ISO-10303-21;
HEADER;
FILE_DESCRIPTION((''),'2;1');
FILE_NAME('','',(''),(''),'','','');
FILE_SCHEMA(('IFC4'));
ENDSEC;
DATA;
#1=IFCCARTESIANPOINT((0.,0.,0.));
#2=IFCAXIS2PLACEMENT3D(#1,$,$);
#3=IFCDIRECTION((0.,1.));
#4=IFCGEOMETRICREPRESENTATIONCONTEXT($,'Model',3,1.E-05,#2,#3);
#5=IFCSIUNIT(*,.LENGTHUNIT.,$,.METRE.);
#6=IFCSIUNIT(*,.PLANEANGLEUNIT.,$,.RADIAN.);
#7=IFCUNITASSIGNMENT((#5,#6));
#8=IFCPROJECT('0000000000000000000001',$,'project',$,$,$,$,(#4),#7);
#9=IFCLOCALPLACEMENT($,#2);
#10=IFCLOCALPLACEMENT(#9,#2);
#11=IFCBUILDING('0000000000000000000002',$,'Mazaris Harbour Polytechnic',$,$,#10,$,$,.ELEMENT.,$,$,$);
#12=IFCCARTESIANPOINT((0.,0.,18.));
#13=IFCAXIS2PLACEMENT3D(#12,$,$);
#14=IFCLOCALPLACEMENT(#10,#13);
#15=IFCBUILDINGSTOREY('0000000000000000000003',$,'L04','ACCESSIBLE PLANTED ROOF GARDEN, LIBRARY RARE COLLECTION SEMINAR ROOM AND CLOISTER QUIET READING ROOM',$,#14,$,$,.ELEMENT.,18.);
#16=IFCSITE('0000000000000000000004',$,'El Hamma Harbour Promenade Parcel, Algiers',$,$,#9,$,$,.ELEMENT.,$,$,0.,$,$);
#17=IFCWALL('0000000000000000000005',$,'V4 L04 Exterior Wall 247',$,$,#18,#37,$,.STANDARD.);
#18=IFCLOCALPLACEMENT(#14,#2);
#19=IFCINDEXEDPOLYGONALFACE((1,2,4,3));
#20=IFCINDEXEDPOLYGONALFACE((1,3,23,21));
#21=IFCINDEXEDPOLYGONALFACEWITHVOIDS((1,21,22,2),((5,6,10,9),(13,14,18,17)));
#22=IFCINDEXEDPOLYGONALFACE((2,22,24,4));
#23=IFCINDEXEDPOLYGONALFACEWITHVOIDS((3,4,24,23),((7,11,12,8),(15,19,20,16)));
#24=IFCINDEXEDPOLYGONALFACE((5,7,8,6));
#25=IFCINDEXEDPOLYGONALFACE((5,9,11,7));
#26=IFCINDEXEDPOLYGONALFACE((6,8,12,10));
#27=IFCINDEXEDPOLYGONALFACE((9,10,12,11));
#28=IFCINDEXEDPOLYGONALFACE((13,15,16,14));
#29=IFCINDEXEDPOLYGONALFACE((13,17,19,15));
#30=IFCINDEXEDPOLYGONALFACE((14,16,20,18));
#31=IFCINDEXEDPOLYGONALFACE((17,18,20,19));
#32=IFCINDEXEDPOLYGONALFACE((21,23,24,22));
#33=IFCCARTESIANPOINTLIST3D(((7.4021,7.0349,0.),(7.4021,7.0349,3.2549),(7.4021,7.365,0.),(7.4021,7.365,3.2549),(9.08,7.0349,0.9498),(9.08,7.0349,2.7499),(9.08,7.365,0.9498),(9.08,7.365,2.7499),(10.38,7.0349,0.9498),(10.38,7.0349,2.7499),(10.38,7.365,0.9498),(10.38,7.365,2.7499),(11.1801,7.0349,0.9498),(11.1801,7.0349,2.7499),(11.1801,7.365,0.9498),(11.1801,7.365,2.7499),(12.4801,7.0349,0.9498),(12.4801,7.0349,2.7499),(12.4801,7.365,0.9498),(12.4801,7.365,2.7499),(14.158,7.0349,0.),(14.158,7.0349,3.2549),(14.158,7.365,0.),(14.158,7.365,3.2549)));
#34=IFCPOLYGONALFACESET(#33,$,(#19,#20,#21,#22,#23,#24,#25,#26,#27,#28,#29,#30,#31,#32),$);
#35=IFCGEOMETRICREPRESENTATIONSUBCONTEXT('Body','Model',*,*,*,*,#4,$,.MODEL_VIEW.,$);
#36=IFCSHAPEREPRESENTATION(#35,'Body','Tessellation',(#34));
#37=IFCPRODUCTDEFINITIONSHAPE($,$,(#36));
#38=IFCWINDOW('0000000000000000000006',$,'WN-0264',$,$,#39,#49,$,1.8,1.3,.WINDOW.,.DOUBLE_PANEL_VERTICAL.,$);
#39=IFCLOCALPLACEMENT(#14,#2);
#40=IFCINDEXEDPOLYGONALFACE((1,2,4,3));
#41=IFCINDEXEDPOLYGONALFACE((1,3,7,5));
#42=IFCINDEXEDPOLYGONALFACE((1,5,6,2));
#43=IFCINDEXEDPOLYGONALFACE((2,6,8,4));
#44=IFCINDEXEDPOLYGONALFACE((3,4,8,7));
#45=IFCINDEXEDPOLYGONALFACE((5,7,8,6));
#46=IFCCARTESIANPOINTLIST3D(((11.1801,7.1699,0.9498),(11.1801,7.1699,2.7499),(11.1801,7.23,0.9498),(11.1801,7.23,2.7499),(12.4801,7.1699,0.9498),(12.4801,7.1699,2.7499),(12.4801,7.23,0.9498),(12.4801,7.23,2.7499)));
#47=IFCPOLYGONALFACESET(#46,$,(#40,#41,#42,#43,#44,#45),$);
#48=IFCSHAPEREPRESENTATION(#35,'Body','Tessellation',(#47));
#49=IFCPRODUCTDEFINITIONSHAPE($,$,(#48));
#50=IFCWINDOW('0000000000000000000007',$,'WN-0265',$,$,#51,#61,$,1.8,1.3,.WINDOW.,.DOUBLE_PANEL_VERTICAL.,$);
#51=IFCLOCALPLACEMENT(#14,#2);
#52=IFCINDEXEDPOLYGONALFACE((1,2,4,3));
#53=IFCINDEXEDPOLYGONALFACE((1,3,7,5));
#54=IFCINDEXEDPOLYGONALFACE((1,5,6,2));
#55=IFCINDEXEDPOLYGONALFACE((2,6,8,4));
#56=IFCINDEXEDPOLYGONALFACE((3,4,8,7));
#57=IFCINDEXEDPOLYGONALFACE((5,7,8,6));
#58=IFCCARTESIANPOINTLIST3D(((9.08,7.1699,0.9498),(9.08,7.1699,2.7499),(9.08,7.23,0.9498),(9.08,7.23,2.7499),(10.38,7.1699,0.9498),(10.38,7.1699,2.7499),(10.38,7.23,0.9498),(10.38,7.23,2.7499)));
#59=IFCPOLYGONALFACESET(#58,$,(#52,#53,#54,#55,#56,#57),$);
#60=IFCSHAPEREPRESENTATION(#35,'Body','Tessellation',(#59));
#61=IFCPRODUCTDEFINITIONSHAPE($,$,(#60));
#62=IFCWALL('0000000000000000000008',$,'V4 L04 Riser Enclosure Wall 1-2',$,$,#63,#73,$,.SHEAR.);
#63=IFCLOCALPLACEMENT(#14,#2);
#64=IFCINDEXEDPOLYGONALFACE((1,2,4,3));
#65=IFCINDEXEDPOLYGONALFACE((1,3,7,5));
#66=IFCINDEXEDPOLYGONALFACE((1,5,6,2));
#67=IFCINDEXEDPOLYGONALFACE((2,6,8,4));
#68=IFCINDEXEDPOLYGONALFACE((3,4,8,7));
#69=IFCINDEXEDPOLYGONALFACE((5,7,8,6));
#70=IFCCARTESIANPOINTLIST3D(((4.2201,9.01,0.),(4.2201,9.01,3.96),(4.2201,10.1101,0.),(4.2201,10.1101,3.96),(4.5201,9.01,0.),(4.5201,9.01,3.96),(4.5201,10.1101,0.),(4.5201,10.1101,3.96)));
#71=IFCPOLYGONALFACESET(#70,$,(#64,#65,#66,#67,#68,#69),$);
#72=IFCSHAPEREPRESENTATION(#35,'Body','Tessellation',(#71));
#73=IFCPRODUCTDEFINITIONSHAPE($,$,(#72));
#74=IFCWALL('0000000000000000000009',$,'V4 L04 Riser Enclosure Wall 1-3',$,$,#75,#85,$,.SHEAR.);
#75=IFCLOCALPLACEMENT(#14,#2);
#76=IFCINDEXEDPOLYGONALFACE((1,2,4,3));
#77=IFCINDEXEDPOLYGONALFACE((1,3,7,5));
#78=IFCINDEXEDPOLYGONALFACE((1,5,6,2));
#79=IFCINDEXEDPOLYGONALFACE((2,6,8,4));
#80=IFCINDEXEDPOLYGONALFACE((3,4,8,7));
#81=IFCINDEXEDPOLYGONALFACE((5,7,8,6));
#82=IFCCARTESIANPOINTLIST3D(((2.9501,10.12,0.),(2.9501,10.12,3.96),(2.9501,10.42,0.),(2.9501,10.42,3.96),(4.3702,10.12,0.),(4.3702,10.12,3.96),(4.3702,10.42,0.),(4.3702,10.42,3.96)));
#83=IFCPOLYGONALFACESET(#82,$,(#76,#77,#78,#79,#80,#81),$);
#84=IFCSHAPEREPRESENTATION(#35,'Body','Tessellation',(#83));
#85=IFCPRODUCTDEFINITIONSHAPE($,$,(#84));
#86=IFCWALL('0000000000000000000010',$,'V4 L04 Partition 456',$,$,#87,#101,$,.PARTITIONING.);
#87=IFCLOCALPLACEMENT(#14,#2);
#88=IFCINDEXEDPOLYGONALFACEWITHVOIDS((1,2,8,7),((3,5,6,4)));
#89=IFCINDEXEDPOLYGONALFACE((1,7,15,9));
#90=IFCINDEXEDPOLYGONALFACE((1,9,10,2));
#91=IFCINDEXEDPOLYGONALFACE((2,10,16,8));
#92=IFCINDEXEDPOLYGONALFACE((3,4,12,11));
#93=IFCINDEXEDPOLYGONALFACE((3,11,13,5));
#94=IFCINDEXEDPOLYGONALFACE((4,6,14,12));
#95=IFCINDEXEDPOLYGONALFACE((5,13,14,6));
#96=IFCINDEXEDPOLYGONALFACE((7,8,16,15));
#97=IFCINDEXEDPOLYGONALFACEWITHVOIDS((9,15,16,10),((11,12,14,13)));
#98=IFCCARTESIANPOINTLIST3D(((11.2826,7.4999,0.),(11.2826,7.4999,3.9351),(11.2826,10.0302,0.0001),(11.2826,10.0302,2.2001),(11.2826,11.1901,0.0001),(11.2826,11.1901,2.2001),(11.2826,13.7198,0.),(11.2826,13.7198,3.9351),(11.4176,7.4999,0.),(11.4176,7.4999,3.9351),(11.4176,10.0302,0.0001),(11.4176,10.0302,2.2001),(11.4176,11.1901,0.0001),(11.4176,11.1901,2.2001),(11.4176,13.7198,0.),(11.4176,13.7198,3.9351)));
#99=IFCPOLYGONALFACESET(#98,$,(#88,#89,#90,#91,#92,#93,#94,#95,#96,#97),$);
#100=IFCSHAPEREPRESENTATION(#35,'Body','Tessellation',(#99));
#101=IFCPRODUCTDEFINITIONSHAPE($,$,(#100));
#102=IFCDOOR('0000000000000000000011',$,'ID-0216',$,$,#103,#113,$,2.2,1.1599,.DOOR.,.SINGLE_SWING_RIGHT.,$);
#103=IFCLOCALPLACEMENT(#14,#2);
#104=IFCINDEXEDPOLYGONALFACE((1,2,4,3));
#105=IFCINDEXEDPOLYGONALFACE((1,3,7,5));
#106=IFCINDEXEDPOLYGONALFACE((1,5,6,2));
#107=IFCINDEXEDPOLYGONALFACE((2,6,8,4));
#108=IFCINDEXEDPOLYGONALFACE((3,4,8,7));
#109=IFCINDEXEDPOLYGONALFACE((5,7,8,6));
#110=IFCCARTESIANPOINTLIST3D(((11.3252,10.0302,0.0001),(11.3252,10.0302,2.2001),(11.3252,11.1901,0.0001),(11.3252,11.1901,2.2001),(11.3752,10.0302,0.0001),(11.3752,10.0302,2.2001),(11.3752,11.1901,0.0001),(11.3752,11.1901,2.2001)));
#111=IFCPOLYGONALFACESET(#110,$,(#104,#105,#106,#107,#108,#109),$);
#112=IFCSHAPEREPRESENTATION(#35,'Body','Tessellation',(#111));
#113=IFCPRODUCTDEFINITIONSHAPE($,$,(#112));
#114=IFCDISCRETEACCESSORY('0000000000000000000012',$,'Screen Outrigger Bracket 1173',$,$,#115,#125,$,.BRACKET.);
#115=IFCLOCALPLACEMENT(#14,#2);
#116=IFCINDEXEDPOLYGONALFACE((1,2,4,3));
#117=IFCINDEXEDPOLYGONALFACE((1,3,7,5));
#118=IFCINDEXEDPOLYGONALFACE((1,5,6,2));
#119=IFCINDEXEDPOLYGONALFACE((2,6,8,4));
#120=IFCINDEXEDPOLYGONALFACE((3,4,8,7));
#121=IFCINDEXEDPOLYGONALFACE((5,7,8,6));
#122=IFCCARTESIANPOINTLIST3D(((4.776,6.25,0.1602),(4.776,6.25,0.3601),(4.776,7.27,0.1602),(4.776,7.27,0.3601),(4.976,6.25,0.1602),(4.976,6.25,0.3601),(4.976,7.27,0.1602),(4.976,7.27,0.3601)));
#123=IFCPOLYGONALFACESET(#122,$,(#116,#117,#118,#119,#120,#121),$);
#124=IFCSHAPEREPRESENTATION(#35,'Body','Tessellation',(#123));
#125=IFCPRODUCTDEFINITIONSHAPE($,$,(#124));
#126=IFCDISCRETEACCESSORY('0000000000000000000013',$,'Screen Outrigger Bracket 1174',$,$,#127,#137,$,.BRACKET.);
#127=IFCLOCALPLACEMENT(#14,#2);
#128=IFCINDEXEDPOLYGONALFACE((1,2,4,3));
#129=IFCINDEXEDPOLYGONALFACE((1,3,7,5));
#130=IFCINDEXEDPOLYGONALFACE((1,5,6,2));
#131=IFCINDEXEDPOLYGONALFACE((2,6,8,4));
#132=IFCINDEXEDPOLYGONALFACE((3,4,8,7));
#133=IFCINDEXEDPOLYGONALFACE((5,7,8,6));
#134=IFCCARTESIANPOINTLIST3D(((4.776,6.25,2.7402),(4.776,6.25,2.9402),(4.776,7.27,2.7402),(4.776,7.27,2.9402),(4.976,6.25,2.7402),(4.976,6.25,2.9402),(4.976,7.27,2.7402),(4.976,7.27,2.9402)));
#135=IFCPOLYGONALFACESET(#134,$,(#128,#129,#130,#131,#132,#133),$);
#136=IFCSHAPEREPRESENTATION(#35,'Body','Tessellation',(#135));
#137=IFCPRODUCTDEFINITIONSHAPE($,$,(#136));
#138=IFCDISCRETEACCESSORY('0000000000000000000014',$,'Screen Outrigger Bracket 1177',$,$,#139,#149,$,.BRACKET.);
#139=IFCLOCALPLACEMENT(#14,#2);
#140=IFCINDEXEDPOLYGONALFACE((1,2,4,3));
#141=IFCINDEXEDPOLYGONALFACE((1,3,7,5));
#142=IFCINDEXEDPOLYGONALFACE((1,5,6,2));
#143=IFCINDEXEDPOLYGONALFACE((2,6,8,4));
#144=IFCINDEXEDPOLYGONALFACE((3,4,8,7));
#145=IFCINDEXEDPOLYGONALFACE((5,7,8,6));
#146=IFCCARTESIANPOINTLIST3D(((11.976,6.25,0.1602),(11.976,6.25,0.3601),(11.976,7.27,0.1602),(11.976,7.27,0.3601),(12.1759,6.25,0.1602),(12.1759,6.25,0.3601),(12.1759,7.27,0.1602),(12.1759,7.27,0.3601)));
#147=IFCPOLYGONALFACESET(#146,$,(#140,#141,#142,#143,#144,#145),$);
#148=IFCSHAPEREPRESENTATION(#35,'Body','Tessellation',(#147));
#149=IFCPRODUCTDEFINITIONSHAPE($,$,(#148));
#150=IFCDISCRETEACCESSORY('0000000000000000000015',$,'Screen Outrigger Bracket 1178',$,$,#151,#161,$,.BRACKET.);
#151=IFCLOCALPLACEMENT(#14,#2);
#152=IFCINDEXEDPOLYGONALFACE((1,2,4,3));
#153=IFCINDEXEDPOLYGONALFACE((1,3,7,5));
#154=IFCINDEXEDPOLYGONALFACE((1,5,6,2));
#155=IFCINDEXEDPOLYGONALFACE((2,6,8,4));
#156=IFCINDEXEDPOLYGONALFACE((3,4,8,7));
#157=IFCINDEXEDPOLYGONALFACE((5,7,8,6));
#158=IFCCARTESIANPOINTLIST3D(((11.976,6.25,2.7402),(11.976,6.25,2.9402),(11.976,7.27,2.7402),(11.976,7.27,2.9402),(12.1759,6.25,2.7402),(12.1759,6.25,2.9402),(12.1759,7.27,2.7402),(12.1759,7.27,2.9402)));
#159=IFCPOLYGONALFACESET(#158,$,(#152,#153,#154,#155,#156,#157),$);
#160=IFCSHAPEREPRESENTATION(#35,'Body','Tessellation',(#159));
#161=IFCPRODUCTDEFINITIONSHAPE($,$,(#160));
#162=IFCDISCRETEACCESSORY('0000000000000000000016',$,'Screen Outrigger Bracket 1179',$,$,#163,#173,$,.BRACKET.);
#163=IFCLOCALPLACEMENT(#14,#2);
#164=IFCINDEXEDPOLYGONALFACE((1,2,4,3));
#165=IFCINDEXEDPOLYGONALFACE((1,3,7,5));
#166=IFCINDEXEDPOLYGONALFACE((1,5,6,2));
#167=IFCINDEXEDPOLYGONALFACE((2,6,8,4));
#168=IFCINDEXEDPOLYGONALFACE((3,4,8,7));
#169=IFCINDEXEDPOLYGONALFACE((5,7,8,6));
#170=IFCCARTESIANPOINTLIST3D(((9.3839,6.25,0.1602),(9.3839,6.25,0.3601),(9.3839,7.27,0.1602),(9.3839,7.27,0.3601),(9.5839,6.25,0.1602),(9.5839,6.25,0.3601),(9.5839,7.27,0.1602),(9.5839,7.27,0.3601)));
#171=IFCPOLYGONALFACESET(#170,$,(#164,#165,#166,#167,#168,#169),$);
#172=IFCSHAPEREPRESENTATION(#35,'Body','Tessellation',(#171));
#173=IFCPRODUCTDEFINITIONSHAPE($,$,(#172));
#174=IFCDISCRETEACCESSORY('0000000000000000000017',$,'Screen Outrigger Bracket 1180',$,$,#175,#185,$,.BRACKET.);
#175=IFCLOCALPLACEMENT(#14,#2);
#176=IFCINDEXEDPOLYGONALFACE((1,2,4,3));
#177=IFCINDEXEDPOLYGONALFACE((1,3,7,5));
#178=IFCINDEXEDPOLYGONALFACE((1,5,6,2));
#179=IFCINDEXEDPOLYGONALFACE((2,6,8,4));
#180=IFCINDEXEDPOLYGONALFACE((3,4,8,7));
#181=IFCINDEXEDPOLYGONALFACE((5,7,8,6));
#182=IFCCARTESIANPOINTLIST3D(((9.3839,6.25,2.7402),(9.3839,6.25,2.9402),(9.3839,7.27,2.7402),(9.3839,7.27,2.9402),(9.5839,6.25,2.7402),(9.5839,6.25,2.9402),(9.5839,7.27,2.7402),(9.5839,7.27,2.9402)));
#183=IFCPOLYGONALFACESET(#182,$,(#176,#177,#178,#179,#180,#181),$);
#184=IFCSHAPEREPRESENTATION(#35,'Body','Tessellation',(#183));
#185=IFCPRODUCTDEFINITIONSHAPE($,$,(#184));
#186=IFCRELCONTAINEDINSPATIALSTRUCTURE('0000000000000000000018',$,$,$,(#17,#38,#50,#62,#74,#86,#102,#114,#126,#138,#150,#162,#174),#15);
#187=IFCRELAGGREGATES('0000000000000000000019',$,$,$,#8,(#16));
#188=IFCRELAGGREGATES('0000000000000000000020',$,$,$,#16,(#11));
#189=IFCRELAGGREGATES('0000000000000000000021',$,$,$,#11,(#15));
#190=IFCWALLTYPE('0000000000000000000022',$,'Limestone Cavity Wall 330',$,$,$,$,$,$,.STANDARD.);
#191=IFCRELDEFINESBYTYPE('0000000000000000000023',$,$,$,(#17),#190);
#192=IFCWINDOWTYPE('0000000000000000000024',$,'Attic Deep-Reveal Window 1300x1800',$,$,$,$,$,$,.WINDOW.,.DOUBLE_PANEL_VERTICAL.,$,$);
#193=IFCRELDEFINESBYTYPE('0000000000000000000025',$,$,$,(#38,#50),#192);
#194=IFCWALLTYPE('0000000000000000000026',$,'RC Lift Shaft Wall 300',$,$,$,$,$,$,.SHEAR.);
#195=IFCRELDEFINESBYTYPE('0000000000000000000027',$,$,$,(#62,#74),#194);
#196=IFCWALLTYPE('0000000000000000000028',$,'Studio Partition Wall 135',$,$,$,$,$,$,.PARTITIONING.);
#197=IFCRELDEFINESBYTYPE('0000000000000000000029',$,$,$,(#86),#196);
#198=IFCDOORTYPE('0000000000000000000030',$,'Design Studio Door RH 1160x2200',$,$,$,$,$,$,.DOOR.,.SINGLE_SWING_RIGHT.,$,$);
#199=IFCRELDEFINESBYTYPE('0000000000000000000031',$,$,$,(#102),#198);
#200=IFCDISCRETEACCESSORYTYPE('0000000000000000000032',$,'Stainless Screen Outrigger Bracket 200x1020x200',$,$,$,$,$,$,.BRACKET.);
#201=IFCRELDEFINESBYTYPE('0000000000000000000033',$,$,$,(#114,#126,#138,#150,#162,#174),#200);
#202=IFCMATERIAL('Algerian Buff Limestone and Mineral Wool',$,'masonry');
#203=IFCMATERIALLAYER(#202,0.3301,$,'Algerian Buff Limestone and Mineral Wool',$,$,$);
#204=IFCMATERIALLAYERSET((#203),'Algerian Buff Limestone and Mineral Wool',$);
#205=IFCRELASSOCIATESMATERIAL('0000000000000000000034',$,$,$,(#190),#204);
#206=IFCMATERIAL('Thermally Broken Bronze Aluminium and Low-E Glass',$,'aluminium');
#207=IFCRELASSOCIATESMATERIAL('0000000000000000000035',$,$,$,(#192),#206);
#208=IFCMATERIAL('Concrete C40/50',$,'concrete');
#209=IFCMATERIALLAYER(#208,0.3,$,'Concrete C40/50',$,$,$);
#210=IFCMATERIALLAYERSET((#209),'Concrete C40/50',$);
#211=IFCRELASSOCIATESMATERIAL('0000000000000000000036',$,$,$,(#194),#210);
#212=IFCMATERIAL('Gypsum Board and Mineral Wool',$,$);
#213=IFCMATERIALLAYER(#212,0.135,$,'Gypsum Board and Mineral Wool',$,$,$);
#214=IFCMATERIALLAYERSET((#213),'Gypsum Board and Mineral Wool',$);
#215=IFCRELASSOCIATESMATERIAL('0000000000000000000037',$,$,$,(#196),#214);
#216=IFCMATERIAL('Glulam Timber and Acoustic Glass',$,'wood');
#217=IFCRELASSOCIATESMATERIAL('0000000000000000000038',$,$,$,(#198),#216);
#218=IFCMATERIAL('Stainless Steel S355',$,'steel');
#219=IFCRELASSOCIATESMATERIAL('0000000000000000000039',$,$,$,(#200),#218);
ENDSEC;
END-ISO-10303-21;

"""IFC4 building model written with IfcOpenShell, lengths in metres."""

from ifc_helpers import new_model, si_unit, direction, frame, frame_2d, origin, origin_2d, place, context, subcontext, project, spatial, rectangle, extrude, material, layer, layer_set, type_object, element, fill, save


model = new_model("IFC4")

# Units and contexts
model_context = context("Model", 3, precision=1e-05, world=origin(), true_north=direction((0.0, 1.0)))
body_context = subcontext(model_context, "Body", "Model", "MODEL_VIEW")
ifc_project = project(units=[si_unit("LENGTHUNIT", "METRE"), si_unit("PLANEANGLEUNIT", "RADIAN")], contexts=[model_context])

# Site, building, storey
site_placement = place(None, origin())
site = spatial("IfcSite", under=ifc_project, at=site_placement, Name="El Hamma Harbour Promenade Parcel, Algiers", CompositionType="ELEMENT", RefElevation=0.0)
building_placement = place(site_placement, origin())
building = spatial("IfcBuilding", under=site, at=building_placement, Name="Mazaris Harbour Polytechnic", CompositionType="ELEMENT")
storey_placement = place(building_placement, frame((0.0, 0.0, 18.0)))
storey = spatial("IfcBuildingStorey", under=building, at=storey_placement, Name="L04", Description="ACCESSIBLE PLANTED ROOF GARDEN, LIBRARY RARE COLLECTION SEMINAR ROOM AND CLOISTER QUIET READING ROOM", CompositionType="ELEMENT", Elevation=18.0)

# Wall, openings, windows
ifc_material_1 = material(Name="Algerian Buff Limestone and Mineral Wool", Category="masonry")
ifc_layer_1 = layer(ifc_material_1, 0.3301, Name="Algerian Buff Limestone and Mineral Wool")
ifc_layer_set_1 = layer_set([ifc_layer_1], Name="Algerian Buff Limestone and Mineral Wool")
wall_type_1 = type_object("IfcWallType", Name="Limestone Cavity Wall 330", PredefinedType="STANDARD", material=ifc_layer_set_1)
wall_1_placement = place(storey_placement, frame((14.158, 7.2, 0.0), z_axis=(0.0, 0.0, 1.0), x_axis=(-1.0, 0.0, 0.0)))
wall_1 = element("IfcWall", 1, at=wall_1_placement, inside=storey, type_object=wall_type_1, Name="V4 L04 Exterior Wall 247", PredefinedType="STANDARD", context=body_context, shape_type="SweptSolid", body=[
    extrude(rectangle(XDim=6.7559, YDim=0.3301, at=frame_2d((3.3779, 0.0))), origin(), (0.0, 0.0, 1.0), 3.2549),
])
opening_1_placement = place(wall_1_placement, frame((1.678, 0.0, 0.95)))
opening_1 = element("IfcOpeningElement", 2, at=opening_1_placement, cuts=wall_1, PredefinedType="OPENING", context=body_context, shape_type="SweptSolid", body=[
    extrude(rectangle(XDim=1.3, YDim=1.8, at=frame_2d((0.6499, 0.8999))), frame((0.0, 0.175, 0.0), z_axis=(0.0, -1.0, 0.0), x_axis=(1.0, 0.0, 0.0)), (0.0, 0.0, 1.0), 0.3501),
])
opening_2_placement = place(wall_1_placement, frame((3.7781, 0.0, 0.95)))
opening_2 = element("IfcOpeningElement", 3, at=opening_2_placement, cuts=wall_1, PredefinedType="OPENING", context=body_context, shape_type="SweptSolid", body=[
    extrude(rectangle(XDim=1.3, YDim=1.8, at=frame_2d((0.6499, 0.8999))), frame((0.0, 0.175, 0.0), z_axis=(0.0, -1.0, 0.0), x_axis=(1.0, 0.0, 0.0)), (0.0, 0.0, 1.0), 0.3501),
])
ifc_material_2 = material(Name="Thermally Broken Bronze Aluminium and Low-E Glass", Category="aluminium")
window_type_1 = type_object("IfcWindowType", Name="Attic Deep-Reveal Window 1300x1800", PartitioningType="DOUBLE_PANEL_VERTICAL", PredefinedType="WINDOW", material=ifc_material_2)
window_1_placement = place(opening_1_placement, origin())
window_1 = element("IfcWindow", 4, at=window_1_placement, inside=storey, type_object=window_type_1, Name="WN-0264", OverallHeight=1.8, OverallWidth=1.3, PartitioningType="DOUBLE_PANEL_VERTICAL", PredefinedType="WINDOW", context=body_context, shape_type="SweptSolid", body=[
    extrude(rectangle(XDim=1.3, YDim=1.8, at=frame_2d((0.6499, 0.8999))), frame((0.0, 0.03, 0.0), z_axis=(0.0, -1.0, 0.0), x_axis=(1.0, 0.0, 0.0)), (0.0, 0.0, 1.0), 0.0601),
])
fill(opening_1, window_1)
window_2_placement = place(opening_2_placement, origin())
window_2 = element("IfcWindow", 5, at=window_2_placement, inside=storey, type_object=window_type_1, Name="WN-0265", OverallHeight=1.8, OverallWidth=1.3, PartitioningType="DOUBLE_PANEL_VERTICAL", PredefinedType="WINDOW", context=body_context, shape_type="SweptSolid", body=[
    extrude(rectangle(XDim=1.3, YDim=1.8, at=frame_2d((0.6499, 0.8999))), frame((0.0, 0.03, 0.0), z_axis=(0.0, -1.0, 0.0), x_axis=(1.0, 0.0, 0.0)), (0.0, 0.0, 1.0), 0.0601),
])
fill(opening_2, window_2)

# Walls
ifc_material_3 = material(Name="Concrete C40/50", Category="concrete")
ifc_layer_2 = layer(ifc_material_3, 0.3, Name="Concrete C40/50")
ifc_layer_set_2 = layer_set([ifc_layer_2], Name="Concrete C40/50")
wall_type_2 = type_object("IfcWallType", Name="RC Lift Shaft Wall 300", PredefinedType="SHEAR", material=ifc_layer_set_2)
wall_2_placement = place(storey_placement, frame((4.3701, 9.01, 0.0), z_axis=(0.0, 0.0, 1.0), x_axis=(0.0, 1.0, 0.0)))
element("IfcWall", 6, at=wall_2_placement, inside=storey, type_object=wall_type_2, Name="V4 L04 Riser Enclosure Wall 1-2", PredefinedType="SHEAR", context=body_context, shape_type="SweptSolid", body=[
    extrude(rectangle(XDim=1.1001, YDim=0.3, at=frame_2d((0.55, 0.0))), origin(), (0.0, 0.0, 1.0), 3.96),
])
wall_3_placement = place(storey_placement, frame((4.3701, 10.27, 0.0), z_axis=(0.0, 0.0, 1.0), x_axis=(-1.0, 0.0, 0.0)))
element("IfcWall", 7, at=wall_3_placement, inside=storey, type_object=wall_type_2, Name="V4 L04 Riser Enclosure Wall 1-3", PredefinedType="SHEAR", context=body_context, shape_type="SweptSolid", body=[
    extrude(rectangle(XDim=1.4202, YDim=0.3, at=frame_2d((0.71, 0.0))), origin(), (0.0, 0.0, 1.0), 3.96),
])

# Wall, opening, door
ifc_material_4 = material(Name="Gypsum Board and Mineral Wool")
ifc_layer_3 = layer(ifc_material_4, 0.135, Name="Gypsum Board and Mineral Wool")
ifc_layer_set_3 = layer_set([ifc_layer_3], Name="Gypsum Board and Mineral Wool")
wall_type_3 = type_object("IfcWallType", Name="Studio Partition Wall 135", PredefinedType="PARTITIONING", material=ifc_layer_set_3)
wall_4_placement = place(storey_placement, frame((11.3501, 7.5, 0.0), z_axis=(0.0, 0.0, 1.0), x_axis=(0.0, 1.0, 0.0)))
wall_4 = element("IfcWall", 8, at=wall_4_placement, inside=storey, type_object=wall_type_3, Name="V4 L04 Partition 456", PredefinedType="PARTITIONING", context=body_context, shape_type="SweptSolid", body=[
    extrude(rectangle(XDim=6.22, YDim=0.135, at=frame_2d((3.1099, 0.0))), origin(), (0.0, 0.0, 1.0), 3.9351),
])
opening_3_placement = place(wall_4_placement, frame((2.53, 0.0, 0.0)))
opening_3 = element("IfcOpeningElement", 9, at=opening_3_placement, cuts=wall_4, PredefinedType="OPENING", context=body_context, shape_type="SweptSolid", body=[
    extrude(rectangle(XDim=1.1599, YDim=2.2, at=frame_2d((0.5801, 1.1001))), frame((0.0, 0.0774, 0.0), z_axis=(0.0, -1.0, 0.0), x_axis=(1.0, 0.0, 0.0)), (0.0, 0.0, 1.0), 0.155),
])
ifc_material_5 = material(Name="Glulam Timber and Acoustic Glass", Category="wood")
door_type_1 = type_object("IfcDoorType", Name="Design Studio Door RH 1160x2200", OperationType="SINGLE_SWING_RIGHT", PredefinedType="DOOR", material=ifc_material_5)
door_1_placement = place(opening_3_placement, origin())
door_1 = element("IfcDoor", 10, at=door_1_placement, inside=storey, type_object=door_type_1, Name="ID-0216", OperationType="SINGLE_SWING_RIGHT", OverallHeight=2.2, OverallWidth=1.1599, PredefinedType="DOOR", context=body_context, shape_type="SweptSolid", body=[
    extrude(rectangle(XDim=1.1599, YDim=2.2, at=frame_2d((0.5801, 1.1001))), frame((0.0, 0.0249, 0.0), z_axis=(0.0, -1.0, 0.0), x_axis=(1.0, 0.0, 0.0)), (0.0, 0.0, 1.0), 0.05),
])
fill(opening_3, door_1)

# Discrete accessories
ifc_material_6 = material(Name="Stainless Steel S355", Category="steel")
discrete_accessory_type = type_object("IfcDiscreteAccessoryType", Name="Stainless Screen Outrigger Bracket 200x1020x200", PredefinedType="BRACKET", material=ifc_material_6)
for number, where, z_axis, x_axis, name in (
    (11, (4.876, 6.76, 0.1602), (0.0, 0.0, 1.0), (-1.0, 0.0, 0.0), "Screen Outrigger Bracket 1173"),
    (12, (4.876, 6.76, 2.7402), (0.0, 0.0, 1.0), (-1.0, 0.0, 0.0), "Screen Outrigger Bracket 1174"),
    (13, (12.0759, 6.76, 0.1602), (0.0, 0.0, 1.0), (-1.0, 0.0, 0.0), "Screen Outrigger Bracket 1177"),
    (14, (12.0759, 6.76, 2.7402), (0.0, 0.0, 1.0), (-1.0, 0.0, 0.0), "Screen Outrigger Bracket 1178"),
    (15, (9.4839, 6.76, 0.1602), (0.0, 0.0, 1.0), (-1.0, 0.0, 0.0), "Screen Outrigger Bracket 1179"),
    (16, (9.4839, 6.76, 2.7402), (0.0, 0.0, 1.0), (-1.0, 0.0, 0.0), "Screen Outrigger Bracket 1180"),
):
    element("IfcDiscreteAccessory", number, at=place(storey_placement, frame(where, z_axis=z_axis, x_axis=x_axis)), inside=storey, type_object=discrete_accessory_type, Name=name, PredefinedType="BRACKET", context=body_context, shape_type="SweptSolid", body=[
        extrude(rectangle(XDim=0.2, YDim=1.02, at=origin_2d()), origin(), (0.0, 0.0, 1.0), 0.2),
    ])

save(model, "model.ifc")
